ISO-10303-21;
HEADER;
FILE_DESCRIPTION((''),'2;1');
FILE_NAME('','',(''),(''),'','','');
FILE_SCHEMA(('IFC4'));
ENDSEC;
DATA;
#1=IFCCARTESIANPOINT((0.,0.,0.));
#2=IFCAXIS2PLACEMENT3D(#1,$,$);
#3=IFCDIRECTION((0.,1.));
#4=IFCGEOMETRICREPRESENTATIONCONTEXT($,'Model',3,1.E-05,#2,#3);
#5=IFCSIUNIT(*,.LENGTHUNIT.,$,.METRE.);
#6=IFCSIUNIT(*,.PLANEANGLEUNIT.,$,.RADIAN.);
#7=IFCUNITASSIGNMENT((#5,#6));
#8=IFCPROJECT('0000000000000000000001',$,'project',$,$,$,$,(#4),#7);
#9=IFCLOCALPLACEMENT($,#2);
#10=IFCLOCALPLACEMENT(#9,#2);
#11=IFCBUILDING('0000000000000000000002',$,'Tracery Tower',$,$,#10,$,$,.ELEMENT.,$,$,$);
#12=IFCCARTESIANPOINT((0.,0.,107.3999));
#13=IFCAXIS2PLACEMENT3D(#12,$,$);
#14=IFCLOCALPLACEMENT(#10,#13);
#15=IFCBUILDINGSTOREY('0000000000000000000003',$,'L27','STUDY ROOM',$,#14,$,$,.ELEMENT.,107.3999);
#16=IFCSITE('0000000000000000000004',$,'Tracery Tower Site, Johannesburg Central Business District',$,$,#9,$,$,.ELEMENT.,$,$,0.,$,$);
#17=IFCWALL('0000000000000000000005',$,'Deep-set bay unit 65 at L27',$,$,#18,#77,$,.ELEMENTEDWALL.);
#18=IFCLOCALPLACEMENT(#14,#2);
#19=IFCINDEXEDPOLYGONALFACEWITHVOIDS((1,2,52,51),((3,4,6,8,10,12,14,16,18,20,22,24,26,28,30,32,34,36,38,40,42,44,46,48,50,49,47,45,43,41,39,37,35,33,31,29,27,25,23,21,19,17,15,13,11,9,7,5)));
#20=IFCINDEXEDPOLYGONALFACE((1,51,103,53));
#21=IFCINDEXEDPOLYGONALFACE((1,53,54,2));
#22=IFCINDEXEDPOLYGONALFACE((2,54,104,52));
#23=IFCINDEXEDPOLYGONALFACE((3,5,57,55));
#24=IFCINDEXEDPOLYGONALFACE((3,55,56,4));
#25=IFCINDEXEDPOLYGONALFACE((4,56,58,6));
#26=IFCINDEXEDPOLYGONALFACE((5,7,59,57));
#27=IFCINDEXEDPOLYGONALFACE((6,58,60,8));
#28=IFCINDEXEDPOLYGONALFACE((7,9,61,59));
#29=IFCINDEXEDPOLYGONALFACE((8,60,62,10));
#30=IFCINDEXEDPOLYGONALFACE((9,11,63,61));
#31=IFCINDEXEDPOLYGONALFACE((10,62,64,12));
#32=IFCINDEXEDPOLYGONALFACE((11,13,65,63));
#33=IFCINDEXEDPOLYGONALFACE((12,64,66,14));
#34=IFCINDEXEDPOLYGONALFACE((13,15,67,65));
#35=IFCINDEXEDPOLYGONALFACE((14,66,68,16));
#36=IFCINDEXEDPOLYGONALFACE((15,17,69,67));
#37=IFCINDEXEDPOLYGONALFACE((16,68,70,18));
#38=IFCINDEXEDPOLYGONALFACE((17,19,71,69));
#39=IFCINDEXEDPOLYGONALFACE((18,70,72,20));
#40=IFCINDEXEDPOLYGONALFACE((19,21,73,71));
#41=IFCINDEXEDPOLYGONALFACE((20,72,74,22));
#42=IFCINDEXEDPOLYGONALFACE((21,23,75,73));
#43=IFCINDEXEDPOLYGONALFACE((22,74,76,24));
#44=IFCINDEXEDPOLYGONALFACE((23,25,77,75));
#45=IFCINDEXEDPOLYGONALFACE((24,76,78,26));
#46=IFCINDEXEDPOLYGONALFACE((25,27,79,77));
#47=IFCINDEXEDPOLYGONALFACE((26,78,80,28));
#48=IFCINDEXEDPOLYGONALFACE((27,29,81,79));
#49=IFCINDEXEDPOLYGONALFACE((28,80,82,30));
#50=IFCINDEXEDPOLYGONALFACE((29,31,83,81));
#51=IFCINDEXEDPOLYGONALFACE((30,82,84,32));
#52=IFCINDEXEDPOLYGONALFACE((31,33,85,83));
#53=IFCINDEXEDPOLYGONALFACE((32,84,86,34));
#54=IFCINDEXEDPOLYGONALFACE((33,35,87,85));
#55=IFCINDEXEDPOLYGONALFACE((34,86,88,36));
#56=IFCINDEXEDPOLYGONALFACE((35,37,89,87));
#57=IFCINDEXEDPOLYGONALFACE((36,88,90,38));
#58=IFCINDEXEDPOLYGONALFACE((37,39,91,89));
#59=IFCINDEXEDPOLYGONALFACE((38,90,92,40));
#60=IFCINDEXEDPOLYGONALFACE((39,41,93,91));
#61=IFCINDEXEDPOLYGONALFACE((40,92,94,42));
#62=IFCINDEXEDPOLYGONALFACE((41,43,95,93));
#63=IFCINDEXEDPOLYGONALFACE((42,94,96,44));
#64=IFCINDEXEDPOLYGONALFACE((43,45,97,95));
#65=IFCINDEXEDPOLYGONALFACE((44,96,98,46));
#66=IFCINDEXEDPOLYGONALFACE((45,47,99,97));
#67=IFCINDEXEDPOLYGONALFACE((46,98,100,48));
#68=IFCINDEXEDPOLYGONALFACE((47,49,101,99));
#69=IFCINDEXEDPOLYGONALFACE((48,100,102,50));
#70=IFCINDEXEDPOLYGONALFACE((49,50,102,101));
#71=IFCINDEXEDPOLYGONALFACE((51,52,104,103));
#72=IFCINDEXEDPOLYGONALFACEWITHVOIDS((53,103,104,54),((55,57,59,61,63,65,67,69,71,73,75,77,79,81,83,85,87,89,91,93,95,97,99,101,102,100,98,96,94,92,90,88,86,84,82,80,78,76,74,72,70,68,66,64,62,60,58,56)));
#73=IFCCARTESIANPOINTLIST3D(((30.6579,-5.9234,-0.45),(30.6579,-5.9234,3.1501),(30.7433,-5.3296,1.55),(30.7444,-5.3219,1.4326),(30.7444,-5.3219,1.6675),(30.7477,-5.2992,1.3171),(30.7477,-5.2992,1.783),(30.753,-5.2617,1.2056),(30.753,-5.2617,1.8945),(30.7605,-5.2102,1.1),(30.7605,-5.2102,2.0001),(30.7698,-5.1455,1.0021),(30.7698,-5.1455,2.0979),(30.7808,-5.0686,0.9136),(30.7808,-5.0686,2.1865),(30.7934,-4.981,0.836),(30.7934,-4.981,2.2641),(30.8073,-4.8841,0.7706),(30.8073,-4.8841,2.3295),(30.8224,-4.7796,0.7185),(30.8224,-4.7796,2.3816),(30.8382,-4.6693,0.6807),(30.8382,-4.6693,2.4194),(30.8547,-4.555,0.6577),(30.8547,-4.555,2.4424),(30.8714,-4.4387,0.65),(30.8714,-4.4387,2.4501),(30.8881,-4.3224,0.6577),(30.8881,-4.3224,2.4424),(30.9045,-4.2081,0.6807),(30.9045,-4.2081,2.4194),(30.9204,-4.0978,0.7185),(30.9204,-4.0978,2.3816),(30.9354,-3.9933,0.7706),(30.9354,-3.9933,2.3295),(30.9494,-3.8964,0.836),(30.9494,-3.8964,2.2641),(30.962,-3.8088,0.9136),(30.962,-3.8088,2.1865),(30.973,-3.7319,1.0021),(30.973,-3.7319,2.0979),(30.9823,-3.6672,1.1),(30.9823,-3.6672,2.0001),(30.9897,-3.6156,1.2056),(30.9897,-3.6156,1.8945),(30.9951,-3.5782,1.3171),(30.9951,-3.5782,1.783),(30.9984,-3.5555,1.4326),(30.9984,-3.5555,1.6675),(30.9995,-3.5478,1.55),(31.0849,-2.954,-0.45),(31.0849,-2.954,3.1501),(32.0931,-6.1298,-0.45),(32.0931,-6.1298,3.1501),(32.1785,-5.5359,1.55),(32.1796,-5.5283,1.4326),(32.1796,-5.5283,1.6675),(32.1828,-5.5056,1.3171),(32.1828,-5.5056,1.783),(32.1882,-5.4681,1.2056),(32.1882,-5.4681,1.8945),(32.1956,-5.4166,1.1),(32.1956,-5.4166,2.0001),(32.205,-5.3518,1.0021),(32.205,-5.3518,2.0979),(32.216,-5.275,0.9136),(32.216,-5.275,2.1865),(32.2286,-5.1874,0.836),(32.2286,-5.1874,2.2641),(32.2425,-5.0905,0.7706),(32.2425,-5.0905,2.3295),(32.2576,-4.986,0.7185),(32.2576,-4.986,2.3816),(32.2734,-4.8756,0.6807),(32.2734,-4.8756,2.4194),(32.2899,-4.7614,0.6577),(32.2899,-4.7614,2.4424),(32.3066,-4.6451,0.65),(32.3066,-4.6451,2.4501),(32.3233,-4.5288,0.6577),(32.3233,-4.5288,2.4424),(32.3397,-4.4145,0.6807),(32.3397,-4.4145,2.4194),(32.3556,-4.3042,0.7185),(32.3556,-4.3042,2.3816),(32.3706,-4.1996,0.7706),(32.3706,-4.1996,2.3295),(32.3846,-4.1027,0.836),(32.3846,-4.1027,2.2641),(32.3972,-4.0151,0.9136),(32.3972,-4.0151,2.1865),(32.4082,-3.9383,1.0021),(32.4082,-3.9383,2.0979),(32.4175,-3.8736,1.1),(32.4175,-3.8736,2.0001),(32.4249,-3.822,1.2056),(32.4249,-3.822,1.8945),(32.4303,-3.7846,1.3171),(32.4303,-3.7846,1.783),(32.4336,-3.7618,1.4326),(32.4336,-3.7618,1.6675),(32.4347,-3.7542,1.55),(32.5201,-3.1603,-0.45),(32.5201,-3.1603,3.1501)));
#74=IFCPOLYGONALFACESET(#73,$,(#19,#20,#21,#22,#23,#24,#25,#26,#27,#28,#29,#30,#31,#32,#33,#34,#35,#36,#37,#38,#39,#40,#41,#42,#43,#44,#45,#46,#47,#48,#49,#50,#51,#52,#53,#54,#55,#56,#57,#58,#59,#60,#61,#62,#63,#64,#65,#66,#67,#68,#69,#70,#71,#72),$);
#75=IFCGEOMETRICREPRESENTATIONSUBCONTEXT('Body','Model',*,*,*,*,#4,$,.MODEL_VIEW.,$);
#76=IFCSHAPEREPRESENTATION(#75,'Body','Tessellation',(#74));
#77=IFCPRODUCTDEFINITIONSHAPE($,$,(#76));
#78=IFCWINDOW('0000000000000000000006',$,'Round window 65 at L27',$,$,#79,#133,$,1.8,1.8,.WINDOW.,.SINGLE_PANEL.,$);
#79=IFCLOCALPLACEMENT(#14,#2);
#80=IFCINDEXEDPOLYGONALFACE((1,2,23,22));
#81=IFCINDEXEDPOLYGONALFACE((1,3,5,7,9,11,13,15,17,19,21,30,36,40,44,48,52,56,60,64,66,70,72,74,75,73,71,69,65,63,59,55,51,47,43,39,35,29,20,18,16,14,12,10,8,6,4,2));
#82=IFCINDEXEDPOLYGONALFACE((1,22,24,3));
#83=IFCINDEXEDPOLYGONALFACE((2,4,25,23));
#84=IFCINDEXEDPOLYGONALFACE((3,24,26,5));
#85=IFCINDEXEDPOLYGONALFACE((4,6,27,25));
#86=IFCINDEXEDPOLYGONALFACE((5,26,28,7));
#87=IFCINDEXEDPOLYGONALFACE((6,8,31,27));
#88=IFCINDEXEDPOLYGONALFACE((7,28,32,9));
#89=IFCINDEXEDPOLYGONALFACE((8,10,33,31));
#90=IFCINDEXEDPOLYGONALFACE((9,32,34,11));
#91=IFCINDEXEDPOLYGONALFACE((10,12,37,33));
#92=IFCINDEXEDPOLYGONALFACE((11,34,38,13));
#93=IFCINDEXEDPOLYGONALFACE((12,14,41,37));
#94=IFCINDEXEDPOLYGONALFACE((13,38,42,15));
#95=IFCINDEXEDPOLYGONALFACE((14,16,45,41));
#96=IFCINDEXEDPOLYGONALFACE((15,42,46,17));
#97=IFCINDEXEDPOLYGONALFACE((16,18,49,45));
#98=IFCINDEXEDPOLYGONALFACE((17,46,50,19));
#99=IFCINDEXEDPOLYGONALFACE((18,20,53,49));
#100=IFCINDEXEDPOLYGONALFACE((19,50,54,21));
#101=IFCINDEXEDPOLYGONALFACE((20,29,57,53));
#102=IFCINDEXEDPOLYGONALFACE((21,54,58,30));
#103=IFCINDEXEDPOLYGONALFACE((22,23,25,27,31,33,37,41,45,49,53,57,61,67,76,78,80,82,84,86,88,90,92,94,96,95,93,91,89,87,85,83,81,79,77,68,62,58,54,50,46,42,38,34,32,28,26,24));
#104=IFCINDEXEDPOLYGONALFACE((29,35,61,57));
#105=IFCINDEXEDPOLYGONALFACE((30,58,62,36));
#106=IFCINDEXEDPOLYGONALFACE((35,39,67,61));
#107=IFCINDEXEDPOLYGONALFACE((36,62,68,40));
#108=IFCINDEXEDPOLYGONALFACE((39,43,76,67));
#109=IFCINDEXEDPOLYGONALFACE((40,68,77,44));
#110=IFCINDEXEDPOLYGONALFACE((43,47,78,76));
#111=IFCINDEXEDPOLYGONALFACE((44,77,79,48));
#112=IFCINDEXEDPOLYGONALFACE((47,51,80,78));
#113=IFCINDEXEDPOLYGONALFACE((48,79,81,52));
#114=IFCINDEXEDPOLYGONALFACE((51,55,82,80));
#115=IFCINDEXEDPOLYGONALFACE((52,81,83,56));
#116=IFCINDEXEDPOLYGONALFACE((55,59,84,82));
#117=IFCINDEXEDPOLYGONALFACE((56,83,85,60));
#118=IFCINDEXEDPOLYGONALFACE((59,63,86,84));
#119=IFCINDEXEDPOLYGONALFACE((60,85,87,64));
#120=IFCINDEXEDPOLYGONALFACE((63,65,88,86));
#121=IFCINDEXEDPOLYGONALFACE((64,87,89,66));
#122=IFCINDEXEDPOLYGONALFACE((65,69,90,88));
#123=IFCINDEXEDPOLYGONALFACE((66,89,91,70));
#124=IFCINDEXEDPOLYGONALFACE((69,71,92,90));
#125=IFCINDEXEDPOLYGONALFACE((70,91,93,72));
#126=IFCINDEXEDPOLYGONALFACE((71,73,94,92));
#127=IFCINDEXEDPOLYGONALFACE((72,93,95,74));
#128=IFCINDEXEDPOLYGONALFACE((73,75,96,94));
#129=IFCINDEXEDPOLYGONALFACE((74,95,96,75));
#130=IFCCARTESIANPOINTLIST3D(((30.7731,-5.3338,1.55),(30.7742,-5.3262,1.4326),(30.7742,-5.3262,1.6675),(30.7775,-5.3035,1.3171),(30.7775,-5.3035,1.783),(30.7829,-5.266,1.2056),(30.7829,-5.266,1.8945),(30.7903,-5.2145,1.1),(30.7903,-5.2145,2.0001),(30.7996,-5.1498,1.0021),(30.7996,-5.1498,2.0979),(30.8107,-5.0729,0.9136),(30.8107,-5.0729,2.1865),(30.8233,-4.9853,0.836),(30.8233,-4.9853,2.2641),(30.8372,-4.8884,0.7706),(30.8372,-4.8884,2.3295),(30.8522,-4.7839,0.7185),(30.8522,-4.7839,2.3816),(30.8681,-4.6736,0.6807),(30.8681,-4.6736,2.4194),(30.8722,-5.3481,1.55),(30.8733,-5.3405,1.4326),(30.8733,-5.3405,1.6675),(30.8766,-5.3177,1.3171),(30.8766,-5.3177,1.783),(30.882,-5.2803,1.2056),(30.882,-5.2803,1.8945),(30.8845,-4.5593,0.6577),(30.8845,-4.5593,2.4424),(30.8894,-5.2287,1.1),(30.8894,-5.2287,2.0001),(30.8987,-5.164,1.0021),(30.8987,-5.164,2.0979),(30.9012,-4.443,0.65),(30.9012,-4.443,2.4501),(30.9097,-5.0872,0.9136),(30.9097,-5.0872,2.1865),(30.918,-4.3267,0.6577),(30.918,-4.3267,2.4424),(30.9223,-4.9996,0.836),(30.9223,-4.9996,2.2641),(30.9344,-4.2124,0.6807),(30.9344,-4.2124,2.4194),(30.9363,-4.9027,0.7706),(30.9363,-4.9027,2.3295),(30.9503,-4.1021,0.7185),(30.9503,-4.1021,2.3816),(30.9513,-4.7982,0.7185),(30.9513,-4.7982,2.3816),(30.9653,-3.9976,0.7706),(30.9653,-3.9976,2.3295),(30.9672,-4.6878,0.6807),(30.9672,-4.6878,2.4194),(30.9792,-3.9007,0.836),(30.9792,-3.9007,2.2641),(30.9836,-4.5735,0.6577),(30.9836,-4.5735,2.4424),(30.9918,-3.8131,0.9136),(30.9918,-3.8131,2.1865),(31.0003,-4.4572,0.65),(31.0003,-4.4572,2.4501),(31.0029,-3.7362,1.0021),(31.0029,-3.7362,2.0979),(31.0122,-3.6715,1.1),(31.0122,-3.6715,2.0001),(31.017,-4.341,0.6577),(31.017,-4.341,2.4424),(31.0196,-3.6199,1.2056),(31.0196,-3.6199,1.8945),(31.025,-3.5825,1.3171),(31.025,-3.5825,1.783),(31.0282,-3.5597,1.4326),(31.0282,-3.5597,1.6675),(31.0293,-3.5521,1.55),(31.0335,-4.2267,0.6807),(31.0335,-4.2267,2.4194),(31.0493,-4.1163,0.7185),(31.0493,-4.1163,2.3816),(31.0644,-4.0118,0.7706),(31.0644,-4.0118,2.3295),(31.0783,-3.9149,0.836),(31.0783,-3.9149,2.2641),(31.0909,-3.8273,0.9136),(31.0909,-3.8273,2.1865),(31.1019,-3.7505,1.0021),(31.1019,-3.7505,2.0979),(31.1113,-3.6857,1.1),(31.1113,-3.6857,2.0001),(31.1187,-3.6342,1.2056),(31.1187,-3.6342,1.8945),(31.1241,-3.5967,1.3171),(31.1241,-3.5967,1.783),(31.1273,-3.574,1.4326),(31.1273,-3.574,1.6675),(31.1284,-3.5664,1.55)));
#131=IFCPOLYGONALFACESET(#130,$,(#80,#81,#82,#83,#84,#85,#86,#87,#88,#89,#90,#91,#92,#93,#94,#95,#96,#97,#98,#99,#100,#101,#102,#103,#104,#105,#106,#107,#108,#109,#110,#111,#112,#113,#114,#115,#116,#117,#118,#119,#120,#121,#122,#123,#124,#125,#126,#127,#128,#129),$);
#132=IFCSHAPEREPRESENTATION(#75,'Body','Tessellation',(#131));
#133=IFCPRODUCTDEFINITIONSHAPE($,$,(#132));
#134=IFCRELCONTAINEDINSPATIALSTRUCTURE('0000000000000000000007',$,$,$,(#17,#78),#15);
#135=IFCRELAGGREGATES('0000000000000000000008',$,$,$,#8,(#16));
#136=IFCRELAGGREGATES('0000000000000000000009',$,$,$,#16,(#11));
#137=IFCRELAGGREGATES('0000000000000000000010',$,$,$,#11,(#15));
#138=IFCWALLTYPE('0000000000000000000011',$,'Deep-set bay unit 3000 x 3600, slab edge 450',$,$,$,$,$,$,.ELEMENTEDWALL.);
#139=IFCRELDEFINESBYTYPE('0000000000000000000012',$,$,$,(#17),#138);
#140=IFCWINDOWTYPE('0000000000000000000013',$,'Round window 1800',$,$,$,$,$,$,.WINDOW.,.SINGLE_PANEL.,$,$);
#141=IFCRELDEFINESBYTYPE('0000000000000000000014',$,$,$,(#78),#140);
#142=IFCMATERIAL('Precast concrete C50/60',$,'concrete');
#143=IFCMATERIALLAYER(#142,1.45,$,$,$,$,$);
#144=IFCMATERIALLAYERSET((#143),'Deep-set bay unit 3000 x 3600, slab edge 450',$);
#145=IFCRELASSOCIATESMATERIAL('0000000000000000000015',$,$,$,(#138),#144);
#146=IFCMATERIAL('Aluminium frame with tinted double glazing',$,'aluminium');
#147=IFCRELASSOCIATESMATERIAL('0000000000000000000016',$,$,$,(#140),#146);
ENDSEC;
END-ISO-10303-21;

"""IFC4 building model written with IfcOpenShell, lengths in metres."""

from ifc_helpers import new_model, si_unit, direction, frame, frame_2d, origin, origin_2d, place, context, subcontext, project, spatial, rectangle, circle, extrude, material, layer, layer_set, type_object, element, fill, save


model = new_model("IFC4")

# Units and contexts
model_context = context("Model", 3, precision=1e-05, world=origin(), true_north=direction((0.0, 1.0)))
body_context = subcontext(model_context, "Body", "Model", "MODEL_VIEW")
ifc_project = project(units=[si_unit("LENGTHUNIT", "METRE"), si_unit("PLANEANGLEUNIT", "RADIAN")], contexts=[model_context])

# Site, building, storey
site_placement = place(None, origin())
site = spatial("IfcSite", under=ifc_project, at=site_placement, Name="Tracery Tower Site, Johannesburg Central Business District", CompositionType="ELEMENT", RefElevation=0.0)
building_placement = place(site_placement, origin())
building = spatial("IfcBuilding", under=site, at=building_placement, Name="Tracery Tower", CompositionType="ELEMENT")
storey_placement = place(building_placement, frame((0.0, 0.0, 107.3999)))
storey = spatial("IfcBuildingStorey", under=building, at=storey_placement, Name="L27", Description="STUDY ROOM", CompositionType="ELEMENT", Elevation=107.3999)

# Wall, opening, window
ifc_material_1 = material(Name="Precast concrete C50/60", Category="concrete")
ifc_layer_1 = layer(ifc_material_1, 1.45)
ifc_layer_set_1 = layer_set([ifc_layer_1], Name="Deep-set bay unit 3000 x 3600, slab edge 450")
wall_type_1 = type_object("IfcWallType", Name="Deep-set bay unit 3000 x 3600, slab edge 450", PredefinedType="ELEMENTEDWALL", material=ifc_layer_set_1)
wall_1_placement = place(storey_placement, frame((31.3755, -6.0266, -0.45), z_axis=(0.0, 0.0, 1.0), x_axis=(0.142333, 0.989819, 0.0)))
wall_1 = element("IfcWall", 1, at=wall_1_placement, inside=storey, type_object=wall_type_1, Name="Deep-set bay unit 65 at L27", PredefinedType="ELEMENTEDWALL", context=body_context, shape_type="SweptSolid", body=[
    extrude(rectangle(XDim=3.0, YDim=1.45, at=frame_2d((1.5, 0.0))), origin(), (0.0, 0.0, 1.0), 3.6001),
])
opening_1_placement = place(wall_1_placement, frame((1.5, 0.0, 2.0)))
opening_1 = element("IfcOpeningElement", 2, at=opening_1_placement, cuts=wall_1, PredefinedType="OPENING", context=body_context, shape_type="SweptSolid", body=[
    extrude(circle(Radius=0.9, at=origin_2d()), frame((0.0, 0.7349, 0.0), z_axis=(0.0, -1.0, 0.0), x_axis=(1.0, 0.0, 0.0)), (0.0, 0.0, 1.0), 1.47),
])
ifc_material_2 = material(Name="Aluminium frame with tinted double glazing", Category="aluminium")
window_type = type_object("IfcWindowType", Name="Round window 1800", PartitioningType="SINGLE_PANEL", PredefinedType="WINDOW", material=ifc_material_2)
window_1_placement = place(opening_1_placement, origin())
window_1 = element("IfcWindow", 3, at=window_1_placement, inside=storey, type_object=window_type, Name="Round window 65 at L27", OverallHeight=1.8, OverallWidth=1.8, PartitioningType="SINGLE_PANEL", PredefinedType="WINDOW", context=body_context, shape_type="SweptSolid", body=[
    extrude(circle(Radius=0.9, at=origin_2d()), frame((0.0, 0.6948, 0.0), z_axis=(0.0, -1.0, 0.0), x_axis=(1.0, 0.0, 0.0)), (0.0, 0.0, 1.0), 0.1001),
])
fill(opening_1, window_1)

save(model, "model.ifc")
